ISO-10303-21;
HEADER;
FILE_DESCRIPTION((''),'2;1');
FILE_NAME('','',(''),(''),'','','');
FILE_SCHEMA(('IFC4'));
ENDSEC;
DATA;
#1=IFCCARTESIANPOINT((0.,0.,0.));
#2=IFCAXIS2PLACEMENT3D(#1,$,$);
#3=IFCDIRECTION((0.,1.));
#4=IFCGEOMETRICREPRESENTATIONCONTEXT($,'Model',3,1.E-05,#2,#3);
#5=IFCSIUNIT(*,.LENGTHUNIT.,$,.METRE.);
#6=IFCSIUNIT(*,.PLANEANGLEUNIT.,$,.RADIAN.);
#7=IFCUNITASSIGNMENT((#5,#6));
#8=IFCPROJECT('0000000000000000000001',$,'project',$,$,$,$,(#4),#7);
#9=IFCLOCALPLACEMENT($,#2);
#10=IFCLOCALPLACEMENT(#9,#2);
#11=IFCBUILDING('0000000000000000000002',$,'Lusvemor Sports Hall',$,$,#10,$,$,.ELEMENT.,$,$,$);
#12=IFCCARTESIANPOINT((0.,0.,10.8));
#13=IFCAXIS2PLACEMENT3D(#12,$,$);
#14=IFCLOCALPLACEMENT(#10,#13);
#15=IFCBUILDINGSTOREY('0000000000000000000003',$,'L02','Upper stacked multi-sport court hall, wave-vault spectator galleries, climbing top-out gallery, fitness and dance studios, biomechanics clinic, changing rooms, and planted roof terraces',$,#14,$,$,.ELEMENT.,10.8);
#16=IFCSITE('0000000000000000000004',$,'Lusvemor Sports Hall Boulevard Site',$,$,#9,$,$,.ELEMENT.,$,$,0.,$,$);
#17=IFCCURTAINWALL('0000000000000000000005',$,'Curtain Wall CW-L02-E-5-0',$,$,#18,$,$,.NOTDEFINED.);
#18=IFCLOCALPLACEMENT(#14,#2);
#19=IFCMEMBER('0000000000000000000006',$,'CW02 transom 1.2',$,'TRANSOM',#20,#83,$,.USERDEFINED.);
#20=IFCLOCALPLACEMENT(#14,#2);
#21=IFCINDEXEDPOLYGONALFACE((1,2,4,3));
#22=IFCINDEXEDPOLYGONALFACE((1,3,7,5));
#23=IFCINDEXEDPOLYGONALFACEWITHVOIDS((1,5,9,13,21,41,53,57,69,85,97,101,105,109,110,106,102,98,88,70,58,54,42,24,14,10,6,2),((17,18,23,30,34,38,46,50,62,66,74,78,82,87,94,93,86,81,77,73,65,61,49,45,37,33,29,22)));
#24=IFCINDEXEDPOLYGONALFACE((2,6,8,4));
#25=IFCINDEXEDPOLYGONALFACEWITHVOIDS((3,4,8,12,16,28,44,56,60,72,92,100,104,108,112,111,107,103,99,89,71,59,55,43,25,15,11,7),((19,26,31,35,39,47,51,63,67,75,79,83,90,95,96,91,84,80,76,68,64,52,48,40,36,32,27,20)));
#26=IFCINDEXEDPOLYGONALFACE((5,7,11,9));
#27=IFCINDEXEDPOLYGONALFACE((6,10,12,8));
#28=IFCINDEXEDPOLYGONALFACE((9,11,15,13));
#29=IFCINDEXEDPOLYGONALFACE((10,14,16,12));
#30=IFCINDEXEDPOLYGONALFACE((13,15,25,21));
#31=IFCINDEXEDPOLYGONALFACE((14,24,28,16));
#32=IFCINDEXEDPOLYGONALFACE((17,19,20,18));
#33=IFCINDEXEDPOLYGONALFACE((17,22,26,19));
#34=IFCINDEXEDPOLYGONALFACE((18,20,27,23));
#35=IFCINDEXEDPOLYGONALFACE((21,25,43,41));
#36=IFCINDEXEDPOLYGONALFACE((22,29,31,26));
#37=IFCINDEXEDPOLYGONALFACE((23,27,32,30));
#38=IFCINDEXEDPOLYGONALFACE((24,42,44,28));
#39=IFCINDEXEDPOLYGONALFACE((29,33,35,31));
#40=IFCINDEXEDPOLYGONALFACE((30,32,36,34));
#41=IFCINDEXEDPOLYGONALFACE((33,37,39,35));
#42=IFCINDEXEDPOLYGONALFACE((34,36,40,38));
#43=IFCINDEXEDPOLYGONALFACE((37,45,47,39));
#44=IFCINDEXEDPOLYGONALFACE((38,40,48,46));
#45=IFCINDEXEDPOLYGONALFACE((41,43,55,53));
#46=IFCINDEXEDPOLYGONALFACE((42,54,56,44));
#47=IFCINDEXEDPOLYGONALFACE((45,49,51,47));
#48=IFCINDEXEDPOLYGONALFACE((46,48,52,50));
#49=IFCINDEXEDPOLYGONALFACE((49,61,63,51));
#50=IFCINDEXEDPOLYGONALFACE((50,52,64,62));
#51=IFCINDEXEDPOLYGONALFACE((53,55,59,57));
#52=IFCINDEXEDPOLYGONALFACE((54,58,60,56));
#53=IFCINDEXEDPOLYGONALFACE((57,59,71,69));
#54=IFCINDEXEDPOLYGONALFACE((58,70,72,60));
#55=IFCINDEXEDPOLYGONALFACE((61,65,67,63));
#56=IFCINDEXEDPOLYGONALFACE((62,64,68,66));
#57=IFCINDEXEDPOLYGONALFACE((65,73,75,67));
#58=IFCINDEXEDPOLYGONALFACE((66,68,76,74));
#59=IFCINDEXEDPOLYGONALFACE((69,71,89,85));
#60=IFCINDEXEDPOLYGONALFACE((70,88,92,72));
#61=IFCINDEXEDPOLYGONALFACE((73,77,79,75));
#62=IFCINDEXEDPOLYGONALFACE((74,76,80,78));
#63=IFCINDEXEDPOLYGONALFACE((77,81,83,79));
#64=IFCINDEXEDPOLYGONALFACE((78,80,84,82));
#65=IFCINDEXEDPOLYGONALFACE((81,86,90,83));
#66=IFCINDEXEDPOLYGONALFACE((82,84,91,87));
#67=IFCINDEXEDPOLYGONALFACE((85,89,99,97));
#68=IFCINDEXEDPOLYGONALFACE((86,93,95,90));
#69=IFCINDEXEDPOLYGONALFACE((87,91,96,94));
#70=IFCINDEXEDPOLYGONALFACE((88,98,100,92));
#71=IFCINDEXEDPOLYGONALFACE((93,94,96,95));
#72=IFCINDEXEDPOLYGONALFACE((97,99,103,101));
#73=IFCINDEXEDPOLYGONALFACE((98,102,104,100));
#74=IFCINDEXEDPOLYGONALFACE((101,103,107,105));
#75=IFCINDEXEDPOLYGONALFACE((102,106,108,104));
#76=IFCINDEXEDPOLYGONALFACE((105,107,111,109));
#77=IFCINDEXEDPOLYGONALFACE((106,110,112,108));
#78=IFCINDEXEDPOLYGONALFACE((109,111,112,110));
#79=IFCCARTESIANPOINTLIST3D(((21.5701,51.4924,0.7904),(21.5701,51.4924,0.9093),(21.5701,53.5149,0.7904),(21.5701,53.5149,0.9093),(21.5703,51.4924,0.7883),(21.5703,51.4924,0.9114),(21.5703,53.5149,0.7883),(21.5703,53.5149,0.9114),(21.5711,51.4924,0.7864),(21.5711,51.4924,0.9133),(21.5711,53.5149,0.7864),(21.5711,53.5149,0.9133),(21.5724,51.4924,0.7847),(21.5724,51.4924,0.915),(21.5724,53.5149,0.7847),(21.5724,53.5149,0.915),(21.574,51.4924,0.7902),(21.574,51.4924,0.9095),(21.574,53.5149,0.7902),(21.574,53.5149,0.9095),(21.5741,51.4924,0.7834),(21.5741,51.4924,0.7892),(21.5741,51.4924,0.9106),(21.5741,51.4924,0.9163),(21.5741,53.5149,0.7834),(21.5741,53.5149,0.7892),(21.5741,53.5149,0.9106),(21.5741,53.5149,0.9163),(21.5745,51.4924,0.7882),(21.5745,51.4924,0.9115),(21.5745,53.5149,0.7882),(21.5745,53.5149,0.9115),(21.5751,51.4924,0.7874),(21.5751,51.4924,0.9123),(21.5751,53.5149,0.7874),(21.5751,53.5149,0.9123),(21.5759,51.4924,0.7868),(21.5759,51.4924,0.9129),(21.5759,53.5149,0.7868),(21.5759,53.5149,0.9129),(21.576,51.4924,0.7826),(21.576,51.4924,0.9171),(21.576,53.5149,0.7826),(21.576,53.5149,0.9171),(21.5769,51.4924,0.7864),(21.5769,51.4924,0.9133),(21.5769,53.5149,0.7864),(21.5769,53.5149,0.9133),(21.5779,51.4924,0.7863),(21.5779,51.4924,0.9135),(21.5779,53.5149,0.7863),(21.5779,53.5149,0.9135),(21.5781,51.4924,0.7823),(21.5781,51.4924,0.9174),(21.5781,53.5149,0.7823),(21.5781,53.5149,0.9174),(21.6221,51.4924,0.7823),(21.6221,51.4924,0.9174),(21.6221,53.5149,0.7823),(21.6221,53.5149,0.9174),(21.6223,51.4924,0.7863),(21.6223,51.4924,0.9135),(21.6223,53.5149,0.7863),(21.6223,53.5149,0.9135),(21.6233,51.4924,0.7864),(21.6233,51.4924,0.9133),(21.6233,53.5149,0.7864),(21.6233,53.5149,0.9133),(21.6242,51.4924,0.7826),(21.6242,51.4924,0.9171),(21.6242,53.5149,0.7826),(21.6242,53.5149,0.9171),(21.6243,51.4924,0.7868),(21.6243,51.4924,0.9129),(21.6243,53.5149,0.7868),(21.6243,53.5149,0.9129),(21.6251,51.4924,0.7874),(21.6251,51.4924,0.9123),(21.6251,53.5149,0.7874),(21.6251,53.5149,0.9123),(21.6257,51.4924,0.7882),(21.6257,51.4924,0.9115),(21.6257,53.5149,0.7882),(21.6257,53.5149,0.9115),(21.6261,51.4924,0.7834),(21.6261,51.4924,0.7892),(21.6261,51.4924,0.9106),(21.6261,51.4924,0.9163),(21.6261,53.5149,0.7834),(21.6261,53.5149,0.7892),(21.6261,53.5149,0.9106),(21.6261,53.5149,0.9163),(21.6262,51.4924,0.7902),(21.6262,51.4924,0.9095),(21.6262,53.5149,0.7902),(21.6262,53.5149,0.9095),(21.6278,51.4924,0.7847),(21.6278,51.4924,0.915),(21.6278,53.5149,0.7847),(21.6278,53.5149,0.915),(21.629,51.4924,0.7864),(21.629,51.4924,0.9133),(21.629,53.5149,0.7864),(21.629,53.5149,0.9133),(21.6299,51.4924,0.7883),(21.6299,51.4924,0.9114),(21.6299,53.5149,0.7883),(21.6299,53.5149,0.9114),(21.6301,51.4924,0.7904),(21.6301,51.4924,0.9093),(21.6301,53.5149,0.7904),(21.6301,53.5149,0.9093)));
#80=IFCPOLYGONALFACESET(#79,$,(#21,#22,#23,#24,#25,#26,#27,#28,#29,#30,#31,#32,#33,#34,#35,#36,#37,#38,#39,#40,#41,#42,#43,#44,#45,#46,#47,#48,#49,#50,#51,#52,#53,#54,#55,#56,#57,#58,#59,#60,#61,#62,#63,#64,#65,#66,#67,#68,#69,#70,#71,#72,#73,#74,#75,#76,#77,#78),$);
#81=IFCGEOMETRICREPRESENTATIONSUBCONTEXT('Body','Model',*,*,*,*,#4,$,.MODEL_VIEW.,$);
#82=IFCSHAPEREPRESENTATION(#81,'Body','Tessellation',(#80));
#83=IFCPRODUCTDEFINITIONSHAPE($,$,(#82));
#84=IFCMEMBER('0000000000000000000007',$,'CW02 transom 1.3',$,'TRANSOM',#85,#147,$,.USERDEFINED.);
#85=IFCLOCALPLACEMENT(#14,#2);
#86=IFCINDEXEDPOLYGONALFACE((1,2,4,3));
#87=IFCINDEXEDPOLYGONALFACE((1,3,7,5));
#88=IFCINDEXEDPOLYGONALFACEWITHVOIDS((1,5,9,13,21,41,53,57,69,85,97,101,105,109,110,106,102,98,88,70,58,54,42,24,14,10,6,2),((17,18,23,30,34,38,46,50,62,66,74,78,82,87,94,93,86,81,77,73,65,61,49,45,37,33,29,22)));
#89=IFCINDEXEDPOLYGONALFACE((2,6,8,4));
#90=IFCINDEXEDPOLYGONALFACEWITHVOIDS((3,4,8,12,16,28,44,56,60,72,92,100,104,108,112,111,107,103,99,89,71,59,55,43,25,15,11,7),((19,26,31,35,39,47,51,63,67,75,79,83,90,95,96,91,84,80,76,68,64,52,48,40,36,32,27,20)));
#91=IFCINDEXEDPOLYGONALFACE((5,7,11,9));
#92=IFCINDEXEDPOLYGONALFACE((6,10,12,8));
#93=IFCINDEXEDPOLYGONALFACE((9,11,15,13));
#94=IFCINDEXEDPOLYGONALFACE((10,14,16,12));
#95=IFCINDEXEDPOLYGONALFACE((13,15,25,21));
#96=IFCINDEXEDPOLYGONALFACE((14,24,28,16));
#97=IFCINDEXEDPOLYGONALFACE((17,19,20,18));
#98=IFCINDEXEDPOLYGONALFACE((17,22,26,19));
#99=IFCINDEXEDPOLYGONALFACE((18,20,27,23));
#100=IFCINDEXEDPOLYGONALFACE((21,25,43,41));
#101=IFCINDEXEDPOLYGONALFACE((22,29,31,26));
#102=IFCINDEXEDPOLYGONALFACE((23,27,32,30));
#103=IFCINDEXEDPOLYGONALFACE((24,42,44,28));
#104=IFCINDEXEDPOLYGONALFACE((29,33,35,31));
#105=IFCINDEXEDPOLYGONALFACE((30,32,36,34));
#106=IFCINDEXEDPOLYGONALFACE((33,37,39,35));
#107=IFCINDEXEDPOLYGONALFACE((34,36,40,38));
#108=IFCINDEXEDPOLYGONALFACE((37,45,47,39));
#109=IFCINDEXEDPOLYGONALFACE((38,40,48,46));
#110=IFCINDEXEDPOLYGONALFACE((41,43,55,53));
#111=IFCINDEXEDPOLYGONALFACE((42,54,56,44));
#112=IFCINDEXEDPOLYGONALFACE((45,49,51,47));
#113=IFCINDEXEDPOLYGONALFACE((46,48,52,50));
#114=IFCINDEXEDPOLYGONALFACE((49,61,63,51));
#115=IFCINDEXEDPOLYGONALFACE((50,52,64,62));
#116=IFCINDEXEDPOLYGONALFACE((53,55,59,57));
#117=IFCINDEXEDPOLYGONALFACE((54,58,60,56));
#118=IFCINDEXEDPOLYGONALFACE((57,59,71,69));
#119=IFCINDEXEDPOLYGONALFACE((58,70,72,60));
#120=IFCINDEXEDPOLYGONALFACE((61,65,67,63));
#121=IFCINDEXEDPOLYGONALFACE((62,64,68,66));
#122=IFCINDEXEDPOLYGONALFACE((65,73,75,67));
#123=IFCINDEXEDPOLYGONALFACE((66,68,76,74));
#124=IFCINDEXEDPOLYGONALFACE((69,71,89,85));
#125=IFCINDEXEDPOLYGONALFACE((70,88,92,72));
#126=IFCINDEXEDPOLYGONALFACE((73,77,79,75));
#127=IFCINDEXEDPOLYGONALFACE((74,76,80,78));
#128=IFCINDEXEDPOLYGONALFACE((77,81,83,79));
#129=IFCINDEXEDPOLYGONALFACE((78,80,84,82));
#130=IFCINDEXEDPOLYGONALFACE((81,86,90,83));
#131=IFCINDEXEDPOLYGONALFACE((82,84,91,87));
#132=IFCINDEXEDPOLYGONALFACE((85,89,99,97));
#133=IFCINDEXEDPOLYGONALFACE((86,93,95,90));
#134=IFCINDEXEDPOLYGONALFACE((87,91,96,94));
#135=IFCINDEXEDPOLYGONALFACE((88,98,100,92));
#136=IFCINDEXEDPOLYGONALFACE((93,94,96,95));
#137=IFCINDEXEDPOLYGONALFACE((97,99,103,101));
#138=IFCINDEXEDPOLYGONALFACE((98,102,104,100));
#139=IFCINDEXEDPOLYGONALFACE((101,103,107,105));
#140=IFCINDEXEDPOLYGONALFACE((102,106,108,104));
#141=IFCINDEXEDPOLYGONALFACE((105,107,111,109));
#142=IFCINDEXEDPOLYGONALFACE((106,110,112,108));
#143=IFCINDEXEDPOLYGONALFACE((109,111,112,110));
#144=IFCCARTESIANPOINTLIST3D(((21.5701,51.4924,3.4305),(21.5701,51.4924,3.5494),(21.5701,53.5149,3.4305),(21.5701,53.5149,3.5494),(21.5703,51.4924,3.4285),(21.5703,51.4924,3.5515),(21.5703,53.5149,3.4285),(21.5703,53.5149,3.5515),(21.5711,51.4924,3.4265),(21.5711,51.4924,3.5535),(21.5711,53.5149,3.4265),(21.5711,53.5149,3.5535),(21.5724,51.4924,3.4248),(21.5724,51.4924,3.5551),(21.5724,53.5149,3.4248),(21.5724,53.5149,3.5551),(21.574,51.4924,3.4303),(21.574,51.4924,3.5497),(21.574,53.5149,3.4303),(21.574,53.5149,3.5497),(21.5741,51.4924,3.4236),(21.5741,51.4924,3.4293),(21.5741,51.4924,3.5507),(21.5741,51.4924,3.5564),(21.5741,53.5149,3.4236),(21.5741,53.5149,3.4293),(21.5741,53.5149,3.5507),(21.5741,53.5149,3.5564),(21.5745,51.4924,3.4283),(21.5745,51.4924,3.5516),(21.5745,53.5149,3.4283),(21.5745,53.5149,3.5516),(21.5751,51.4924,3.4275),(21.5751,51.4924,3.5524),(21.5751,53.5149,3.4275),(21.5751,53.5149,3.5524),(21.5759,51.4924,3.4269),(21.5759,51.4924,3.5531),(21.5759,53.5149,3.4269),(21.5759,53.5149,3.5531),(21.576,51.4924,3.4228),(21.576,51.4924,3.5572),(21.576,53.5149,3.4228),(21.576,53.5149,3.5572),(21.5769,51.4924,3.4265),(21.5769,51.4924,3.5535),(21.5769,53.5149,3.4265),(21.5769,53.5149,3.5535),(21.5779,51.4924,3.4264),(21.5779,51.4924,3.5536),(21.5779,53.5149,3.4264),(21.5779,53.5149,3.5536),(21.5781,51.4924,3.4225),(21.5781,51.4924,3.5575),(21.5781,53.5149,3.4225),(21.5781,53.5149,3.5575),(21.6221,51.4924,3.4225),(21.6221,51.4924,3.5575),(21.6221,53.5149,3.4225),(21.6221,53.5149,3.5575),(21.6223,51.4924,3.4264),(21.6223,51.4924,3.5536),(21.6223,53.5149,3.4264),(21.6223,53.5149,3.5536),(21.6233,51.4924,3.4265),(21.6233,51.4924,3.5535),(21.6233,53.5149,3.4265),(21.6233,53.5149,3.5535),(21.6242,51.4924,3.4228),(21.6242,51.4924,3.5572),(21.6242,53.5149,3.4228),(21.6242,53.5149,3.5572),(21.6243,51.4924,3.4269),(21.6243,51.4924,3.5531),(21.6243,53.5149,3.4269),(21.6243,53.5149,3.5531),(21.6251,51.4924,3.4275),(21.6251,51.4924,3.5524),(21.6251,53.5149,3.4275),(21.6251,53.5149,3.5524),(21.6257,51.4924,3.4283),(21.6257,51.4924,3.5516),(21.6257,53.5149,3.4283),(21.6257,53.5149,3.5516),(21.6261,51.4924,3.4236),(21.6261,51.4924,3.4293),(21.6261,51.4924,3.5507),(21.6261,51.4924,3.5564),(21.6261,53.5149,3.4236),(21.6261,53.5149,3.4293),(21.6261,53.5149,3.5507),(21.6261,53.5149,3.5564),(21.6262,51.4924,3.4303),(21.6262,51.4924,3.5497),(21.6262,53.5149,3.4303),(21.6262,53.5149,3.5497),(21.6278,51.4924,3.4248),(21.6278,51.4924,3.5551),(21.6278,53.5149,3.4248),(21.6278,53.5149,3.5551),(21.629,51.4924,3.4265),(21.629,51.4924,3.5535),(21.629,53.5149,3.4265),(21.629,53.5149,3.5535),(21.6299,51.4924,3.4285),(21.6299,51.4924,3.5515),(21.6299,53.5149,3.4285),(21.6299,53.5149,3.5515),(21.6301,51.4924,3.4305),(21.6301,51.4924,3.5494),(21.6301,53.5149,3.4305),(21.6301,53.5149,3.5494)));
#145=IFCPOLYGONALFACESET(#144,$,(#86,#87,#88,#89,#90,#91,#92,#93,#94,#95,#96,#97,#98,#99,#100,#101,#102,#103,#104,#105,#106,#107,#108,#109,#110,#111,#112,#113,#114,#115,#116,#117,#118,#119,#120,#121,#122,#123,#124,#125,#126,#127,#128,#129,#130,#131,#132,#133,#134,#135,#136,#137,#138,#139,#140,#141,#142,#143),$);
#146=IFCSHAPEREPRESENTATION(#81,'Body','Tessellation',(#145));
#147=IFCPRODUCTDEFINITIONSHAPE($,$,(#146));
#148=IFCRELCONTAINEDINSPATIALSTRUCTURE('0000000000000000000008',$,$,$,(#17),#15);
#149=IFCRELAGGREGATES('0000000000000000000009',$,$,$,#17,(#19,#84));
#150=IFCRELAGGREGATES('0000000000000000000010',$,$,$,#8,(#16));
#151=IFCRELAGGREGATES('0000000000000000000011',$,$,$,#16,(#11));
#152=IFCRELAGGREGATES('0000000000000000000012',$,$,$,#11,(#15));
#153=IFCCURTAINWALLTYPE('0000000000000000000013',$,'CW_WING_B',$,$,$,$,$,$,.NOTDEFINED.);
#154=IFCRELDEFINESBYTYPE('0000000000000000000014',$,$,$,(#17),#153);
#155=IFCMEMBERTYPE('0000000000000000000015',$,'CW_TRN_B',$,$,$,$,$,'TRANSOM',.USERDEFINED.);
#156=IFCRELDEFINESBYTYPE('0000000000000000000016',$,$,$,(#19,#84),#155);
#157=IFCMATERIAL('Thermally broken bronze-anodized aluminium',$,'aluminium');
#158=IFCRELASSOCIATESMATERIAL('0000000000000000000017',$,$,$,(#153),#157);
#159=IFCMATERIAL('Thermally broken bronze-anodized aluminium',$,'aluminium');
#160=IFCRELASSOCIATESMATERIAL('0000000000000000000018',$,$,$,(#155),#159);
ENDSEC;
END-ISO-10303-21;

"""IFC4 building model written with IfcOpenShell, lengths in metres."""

from ifc_helpers import new_model, si_unit, direction, frame, origin, origin_2d, place, context, subcontext, project, spatial, hollow_rectangle, extrude, material, material_profile, profile_set, type_object, element, aggregate, save


model = new_model("IFC4")

# Units and contexts
model_context = context("Model", 3, precision=1e-05, world=origin(), true_north=direction((0.0, 1.0)))
body_context = subcontext(model_context, "Body", "Model", "MODEL_VIEW")
ifc_project = project(units=[si_unit("LENGTHUNIT", "METRE"), si_unit("PLANEANGLEUNIT", "RADIAN")], contexts=[model_context])

# Site, building, storey
site_placement = place(None, origin())
site = spatial("IfcSite", under=ifc_project, at=site_placement, Name="Lusvemor Sports Hall Boulevard Site", CompositionType="ELEMENT", RefElevation=0.0)
building_placement = place(site_placement, origin())
building = spatial("IfcBuilding", under=site, at=building_placement, Name="Lusvemor Sports Hall", CompositionType="ELEMENT")
storey_placement = place(building_placement, frame((0.0, 0.0, 10.8)))
storey = spatial("IfcBuildingStorey", under=building, at=storey_placement, Name="L02", Description="Upper stacked multi-sport court hall, wave-vault spectator galleries, climbing top-out gallery, fitness and dance studios, biomechanics clinic, changing rooms, and planted roof terraces", CompositionType="ELEMENT", Elevation=10.8)

# Curtain wall
ifc_material_1 = material(Name="Thermally broken bronze-anodized aluminium", Category="aluminium")
curtain_wall_type = type_object("IfcCurtainWallType", Name="CW_WING_B", PredefinedType="NOTDEFINED", material=ifc_material_1)
curtain_wall_1_placement = place(storey_placement, origin())
curtain_wall_1 = element("IfcCurtainWall", 1, at=curtain_wall_1_placement, inside=storey, type_object=curtain_wall_type, Name="Curtain Wall CW-L02-E-5-0", PredefinedType="NOTDEFINED")

# Members
ifc_material_2 = material(Name="Thermally broken bronze-anodized aluminium", Category="aluminium")
ifc_material_profile_1 = material_profile(ifc_material_2, hollow_rectangle(XDim=0.0601, YDim=0.135, WallThickness=0.0039, InnerFilletRadius=0.0039, OuterFilletRadius=0.0081, at=origin_2d()), Name="CWTRN135x60x4")
ifc_profile_set_1 = profile_set([ifc_material_profile_1], Name="Thermally broken bronze-anodized aluminium")
member_type_1 = type_object("IfcMemberType", Name="CW_TRN_B", ElementType="TRANSOM", PredefinedType="USERDEFINED", material=ifc_profile_set_1)
member_1_placement = place(storey_placement, frame((21.6001, 53.5149, 0.8499), z_axis=(0.0, -1.0, 0.0), x_axis=(1.0, 0.0, 0.0)))
member_1 = element("IfcMember", 2, at=member_1_placement, type_object=member_type_1, Name="CW02 transom 1.2", ObjectType="TRANSOM", PredefinedType="USERDEFINED", context=body_context, shape_type="SweptSolid", body=[
    extrude(hollow_rectangle(XDim=0.0601, YDim=0.135, WallThickness=0.0039, InnerFilletRadius=0.0039, OuterFilletRadius=0.0081, at=origin_2d()), origin(), (0.0, 0.0, 1.0), 2.0225),
])
member_2_placement = place(storey_placement, frame((21.6001, 53.5149, 3.49), z_axis=(0.0, -1.0, 0.0), x_axis=(1.0, 0.0, 0.0)))
member_2 = element("IfcMember", 3, at=member_2_placement, type_object=member_type_1, Name="CW02 transom 1.3", ObjectType="TRANSOM", PredefinedType="USERDEFINED", context=body_context, shape_type="SweptSolid", body=[
    extrude(hollow_rectangle(XDim=0.0601, YDim=0.135, WallThickness=0.0039, InnerFilletRadius=0.0039, OuterFilletRadius=0.0081, at=origin_2d()), origin(), (0.0, 0.0, 1.0), 2.0225),
])

aggregate(curtain_wall_1, [member_1, member_2])

save(model, "model.ifc")
